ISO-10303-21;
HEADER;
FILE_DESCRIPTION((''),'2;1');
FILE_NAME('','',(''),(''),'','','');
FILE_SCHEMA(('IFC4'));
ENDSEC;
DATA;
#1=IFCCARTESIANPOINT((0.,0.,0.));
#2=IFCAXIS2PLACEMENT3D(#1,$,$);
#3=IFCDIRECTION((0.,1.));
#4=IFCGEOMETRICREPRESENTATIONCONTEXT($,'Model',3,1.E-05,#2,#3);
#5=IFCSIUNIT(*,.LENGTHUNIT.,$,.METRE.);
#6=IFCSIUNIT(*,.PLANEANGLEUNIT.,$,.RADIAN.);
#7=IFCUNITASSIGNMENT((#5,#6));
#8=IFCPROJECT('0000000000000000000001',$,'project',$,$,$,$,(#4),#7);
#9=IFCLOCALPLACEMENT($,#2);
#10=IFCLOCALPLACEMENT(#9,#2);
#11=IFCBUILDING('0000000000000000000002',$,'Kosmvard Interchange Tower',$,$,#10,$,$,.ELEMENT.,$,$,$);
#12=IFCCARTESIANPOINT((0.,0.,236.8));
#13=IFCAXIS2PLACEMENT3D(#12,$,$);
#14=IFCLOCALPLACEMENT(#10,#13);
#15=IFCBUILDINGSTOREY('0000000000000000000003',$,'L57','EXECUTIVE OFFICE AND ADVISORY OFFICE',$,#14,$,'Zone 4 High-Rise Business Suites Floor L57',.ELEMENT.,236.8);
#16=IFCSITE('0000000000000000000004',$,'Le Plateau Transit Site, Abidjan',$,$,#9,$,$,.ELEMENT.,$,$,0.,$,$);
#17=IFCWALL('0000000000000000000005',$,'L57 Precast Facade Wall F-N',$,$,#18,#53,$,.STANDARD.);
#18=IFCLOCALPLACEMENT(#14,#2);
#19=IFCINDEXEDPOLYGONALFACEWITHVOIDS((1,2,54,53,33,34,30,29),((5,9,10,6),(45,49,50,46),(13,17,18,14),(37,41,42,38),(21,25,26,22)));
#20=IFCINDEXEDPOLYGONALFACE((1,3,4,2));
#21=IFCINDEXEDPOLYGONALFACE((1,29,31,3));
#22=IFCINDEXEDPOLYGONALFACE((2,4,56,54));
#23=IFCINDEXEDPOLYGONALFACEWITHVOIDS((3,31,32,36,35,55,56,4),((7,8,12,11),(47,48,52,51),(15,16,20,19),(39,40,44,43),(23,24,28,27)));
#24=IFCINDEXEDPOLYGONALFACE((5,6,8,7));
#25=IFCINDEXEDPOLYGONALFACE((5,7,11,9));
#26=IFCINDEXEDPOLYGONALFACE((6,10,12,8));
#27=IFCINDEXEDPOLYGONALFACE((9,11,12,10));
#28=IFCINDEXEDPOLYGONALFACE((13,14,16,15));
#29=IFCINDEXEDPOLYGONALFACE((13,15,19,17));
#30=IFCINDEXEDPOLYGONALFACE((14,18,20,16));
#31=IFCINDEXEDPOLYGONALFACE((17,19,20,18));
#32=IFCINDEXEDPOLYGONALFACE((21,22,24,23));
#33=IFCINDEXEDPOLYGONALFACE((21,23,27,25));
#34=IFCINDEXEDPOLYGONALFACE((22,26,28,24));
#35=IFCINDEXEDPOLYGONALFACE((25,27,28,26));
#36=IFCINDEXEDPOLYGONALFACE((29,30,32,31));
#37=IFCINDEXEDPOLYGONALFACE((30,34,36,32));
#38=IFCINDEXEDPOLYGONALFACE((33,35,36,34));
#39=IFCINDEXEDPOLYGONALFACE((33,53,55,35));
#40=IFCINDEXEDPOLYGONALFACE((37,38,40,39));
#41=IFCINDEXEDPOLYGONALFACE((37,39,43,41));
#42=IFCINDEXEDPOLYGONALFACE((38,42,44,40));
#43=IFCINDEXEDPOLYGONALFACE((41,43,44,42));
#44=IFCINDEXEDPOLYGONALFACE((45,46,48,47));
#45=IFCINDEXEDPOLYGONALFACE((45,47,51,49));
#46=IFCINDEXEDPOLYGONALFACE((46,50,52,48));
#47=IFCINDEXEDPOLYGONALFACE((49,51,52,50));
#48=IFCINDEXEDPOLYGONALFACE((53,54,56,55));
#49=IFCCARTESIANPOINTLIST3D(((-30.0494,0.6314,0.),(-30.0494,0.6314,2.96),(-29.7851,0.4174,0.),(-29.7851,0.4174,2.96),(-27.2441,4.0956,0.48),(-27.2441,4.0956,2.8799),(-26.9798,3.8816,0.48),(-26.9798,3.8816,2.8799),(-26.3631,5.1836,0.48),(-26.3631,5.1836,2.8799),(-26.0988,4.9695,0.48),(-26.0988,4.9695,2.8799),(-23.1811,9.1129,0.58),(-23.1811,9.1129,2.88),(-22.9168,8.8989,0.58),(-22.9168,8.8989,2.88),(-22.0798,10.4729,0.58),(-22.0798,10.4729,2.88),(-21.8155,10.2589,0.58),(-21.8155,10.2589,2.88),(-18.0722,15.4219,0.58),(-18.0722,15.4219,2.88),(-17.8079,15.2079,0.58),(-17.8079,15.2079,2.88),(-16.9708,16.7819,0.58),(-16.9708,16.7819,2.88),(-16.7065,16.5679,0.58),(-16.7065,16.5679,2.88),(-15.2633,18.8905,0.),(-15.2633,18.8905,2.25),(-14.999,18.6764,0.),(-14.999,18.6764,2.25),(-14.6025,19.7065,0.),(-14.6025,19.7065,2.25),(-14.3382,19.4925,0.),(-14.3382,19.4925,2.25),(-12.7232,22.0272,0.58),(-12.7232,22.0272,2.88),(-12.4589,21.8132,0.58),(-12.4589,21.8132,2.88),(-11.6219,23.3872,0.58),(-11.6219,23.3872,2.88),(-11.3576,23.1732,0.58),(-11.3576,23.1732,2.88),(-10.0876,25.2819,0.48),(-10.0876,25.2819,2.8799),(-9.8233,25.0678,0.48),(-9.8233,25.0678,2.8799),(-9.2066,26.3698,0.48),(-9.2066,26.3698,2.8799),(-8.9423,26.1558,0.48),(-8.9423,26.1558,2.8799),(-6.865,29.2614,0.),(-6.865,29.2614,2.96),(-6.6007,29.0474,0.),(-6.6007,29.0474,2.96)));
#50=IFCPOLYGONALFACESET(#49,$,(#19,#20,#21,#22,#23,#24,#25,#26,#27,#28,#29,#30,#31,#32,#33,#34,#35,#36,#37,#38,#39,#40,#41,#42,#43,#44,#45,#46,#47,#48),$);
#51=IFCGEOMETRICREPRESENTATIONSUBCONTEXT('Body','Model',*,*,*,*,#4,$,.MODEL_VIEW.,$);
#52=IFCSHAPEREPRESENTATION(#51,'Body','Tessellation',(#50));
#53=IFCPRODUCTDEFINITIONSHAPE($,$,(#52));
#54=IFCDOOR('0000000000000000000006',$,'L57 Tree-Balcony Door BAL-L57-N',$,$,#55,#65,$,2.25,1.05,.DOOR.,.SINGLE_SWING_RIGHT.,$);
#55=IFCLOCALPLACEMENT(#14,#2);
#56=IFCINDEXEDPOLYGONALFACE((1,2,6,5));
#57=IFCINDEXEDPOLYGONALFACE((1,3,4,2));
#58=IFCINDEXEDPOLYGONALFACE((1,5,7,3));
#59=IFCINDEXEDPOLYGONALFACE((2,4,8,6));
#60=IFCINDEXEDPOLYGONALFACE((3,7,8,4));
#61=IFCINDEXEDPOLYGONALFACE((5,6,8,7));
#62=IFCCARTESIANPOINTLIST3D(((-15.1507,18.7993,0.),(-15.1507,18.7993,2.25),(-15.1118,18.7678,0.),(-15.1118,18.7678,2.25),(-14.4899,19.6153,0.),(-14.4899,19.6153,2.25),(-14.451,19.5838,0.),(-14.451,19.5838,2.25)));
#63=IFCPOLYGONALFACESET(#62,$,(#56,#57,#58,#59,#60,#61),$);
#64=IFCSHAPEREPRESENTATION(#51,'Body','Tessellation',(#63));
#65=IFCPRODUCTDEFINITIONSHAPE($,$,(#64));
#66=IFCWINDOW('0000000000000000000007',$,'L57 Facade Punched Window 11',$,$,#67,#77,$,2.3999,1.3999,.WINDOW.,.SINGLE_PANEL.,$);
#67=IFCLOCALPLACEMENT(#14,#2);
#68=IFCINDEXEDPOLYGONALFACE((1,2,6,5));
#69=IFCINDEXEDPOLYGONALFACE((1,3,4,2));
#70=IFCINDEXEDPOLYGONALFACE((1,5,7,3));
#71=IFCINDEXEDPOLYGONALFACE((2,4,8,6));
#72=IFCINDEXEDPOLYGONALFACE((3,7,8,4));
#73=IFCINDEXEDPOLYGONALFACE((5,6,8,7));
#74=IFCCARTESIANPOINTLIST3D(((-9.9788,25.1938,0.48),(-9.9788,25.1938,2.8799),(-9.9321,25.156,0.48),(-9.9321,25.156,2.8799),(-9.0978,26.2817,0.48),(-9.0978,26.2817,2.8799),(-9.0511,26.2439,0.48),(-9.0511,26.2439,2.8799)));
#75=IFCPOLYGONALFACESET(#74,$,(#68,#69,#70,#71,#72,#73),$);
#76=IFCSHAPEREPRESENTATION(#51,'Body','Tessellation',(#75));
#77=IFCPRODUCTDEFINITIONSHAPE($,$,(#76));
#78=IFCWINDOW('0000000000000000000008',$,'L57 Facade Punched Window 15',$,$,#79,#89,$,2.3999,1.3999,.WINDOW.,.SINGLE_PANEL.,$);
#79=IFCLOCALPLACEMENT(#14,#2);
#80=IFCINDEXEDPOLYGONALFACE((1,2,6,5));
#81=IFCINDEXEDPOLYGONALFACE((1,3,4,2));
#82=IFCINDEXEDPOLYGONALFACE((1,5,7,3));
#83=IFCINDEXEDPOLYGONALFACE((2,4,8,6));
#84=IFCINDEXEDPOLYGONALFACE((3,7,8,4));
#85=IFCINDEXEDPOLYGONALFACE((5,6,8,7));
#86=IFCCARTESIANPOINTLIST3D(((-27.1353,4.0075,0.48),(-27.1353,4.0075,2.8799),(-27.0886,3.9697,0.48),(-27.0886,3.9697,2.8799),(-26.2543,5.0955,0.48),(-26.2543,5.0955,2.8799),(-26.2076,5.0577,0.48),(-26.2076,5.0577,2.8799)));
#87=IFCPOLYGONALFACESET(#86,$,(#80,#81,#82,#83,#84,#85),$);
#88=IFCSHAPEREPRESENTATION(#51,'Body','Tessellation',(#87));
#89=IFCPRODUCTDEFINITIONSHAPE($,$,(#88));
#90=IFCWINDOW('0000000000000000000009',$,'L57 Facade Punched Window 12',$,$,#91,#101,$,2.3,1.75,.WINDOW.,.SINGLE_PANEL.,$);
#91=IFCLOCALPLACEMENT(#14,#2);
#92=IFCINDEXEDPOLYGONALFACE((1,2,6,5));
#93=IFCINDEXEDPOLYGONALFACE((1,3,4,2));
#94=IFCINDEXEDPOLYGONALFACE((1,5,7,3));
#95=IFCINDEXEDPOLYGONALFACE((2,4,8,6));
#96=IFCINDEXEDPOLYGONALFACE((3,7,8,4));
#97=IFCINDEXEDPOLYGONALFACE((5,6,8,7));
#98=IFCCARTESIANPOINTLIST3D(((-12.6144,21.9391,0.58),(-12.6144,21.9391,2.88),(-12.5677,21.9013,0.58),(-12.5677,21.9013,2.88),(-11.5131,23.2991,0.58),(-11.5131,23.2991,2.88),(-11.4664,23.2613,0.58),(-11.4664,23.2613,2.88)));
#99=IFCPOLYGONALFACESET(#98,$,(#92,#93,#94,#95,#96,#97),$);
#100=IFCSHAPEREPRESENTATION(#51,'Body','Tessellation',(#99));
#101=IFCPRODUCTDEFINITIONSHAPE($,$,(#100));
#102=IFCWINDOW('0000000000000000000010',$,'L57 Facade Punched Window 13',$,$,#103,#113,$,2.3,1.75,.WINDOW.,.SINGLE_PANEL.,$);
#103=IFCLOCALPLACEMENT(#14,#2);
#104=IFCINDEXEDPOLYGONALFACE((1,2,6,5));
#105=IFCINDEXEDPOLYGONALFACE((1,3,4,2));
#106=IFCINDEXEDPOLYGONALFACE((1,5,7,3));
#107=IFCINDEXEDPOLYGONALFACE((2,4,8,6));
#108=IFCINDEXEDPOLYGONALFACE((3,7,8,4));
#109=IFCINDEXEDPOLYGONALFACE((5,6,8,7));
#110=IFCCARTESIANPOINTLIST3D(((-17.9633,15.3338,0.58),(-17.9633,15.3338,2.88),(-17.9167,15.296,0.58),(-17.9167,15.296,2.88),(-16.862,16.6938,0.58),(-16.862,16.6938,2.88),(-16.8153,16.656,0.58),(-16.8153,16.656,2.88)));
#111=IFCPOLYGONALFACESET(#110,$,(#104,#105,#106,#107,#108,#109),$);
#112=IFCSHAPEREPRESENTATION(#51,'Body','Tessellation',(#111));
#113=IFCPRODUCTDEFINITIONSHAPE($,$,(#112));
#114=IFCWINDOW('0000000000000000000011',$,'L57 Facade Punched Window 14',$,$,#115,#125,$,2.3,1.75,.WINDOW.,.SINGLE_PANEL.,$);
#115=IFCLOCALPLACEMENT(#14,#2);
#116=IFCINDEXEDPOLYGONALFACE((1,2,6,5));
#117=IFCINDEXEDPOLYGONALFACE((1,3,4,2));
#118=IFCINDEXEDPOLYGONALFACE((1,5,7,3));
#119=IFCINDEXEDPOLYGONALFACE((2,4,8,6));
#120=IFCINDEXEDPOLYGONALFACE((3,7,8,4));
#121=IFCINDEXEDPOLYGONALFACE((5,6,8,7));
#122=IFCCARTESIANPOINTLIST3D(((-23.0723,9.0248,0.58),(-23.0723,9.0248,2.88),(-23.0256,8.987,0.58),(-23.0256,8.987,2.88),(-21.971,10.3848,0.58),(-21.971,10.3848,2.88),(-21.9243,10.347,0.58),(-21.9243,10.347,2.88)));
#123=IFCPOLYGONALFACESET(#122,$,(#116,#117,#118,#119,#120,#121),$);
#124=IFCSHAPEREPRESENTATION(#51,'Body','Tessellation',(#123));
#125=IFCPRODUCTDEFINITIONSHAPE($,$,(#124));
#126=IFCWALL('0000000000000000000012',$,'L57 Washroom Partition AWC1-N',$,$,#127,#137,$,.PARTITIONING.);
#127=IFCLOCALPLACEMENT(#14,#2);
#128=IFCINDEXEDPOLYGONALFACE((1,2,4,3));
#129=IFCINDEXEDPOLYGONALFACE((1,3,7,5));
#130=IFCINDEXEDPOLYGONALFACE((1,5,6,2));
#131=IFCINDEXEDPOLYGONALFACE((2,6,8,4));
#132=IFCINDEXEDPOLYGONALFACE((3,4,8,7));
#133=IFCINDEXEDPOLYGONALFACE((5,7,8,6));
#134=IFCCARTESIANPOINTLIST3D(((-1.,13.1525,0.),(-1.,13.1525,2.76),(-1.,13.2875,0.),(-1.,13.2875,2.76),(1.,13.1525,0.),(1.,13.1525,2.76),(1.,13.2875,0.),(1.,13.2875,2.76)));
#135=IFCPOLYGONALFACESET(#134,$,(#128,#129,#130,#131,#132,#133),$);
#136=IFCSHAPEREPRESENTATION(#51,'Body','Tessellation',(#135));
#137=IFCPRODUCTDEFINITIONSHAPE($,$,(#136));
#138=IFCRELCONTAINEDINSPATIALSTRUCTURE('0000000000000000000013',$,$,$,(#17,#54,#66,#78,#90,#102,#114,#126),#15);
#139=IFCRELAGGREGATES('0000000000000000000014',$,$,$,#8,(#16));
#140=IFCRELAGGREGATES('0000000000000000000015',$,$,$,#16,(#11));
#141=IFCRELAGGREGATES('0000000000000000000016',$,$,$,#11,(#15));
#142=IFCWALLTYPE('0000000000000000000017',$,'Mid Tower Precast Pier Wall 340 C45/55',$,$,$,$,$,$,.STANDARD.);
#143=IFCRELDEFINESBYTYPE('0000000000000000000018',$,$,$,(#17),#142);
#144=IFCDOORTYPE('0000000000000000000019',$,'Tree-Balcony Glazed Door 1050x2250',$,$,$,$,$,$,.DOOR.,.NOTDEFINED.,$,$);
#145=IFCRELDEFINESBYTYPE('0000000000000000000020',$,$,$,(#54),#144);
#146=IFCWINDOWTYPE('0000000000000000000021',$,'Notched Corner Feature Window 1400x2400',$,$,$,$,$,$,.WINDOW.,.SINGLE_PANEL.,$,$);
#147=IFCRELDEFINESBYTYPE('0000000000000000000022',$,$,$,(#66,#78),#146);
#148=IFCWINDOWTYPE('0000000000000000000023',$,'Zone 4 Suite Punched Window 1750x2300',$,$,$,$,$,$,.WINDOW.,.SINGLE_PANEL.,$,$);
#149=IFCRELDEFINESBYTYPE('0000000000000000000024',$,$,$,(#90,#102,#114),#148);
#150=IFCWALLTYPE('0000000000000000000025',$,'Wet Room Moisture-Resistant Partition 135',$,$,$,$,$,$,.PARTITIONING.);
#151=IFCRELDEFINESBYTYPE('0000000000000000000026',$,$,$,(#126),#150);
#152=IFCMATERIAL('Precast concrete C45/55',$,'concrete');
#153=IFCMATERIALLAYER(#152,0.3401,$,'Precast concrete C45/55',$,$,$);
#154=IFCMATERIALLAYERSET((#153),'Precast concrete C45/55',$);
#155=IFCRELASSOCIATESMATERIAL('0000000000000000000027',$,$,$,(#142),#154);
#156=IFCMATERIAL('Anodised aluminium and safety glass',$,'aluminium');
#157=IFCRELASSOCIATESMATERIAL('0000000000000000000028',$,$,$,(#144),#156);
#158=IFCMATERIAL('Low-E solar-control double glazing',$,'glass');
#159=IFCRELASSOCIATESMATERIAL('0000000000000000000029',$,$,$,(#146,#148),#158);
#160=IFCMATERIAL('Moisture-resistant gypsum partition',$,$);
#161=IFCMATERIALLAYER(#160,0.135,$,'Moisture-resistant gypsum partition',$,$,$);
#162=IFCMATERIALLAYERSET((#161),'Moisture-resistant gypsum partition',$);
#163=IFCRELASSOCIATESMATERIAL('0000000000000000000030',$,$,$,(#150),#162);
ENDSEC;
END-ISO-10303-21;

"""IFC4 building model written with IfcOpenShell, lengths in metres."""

from ifc_helpers import new_model, si_unit, direction, frame, frame_2d, origin, place, context, subcontext, project, spatial, rectangle, extrude, source, transform, mapped, material, layer, layer_set, type_object, element, fill, save


model = new_model("IFC4")

# Units and contexts
model_context = context("Model", 3, precision=1e-05, world=origin(), true_north=direction((0.0, 1.0)))
body_context = subcontext(model_context, "Body", "Model", "MODEL_VIEW")
ifc_project = project(units=[si_unit("LENGTHUNIT", "METRE"), si_unit("PLANEANGLEUNIT", "RADIAN")], contexts=[model_context])

# Site, building, storey
site_placement = place(None, origin())
site = spatial("IfcSite", under=ifc_project, at=site_placement, Name="Le Plateau Transit Site, Abidjan", CompositionType="ELEMENT", RefElevation=0.0)
building_placement = place(site_placement, origin())
building = spatial("IfcBuilding", under=site, at=building_placement, Name="Kosmvard Interchange Tower", CompositionType="ELEMENT")
storey_placement = place(building_placement, frame((0.0, 0.0, 236.8)))
storey = spatial("IfcBuildingStorey", under=building, at=storey_placement, Name="L57", Description="EXECUTIVE OFFICE AND ADVISORY OFFICE", LongName="Zone 4 High-Rise Business Suites Floor L57", CompositionType="ELEMENT", Elevation=236.8)

# Shared definitions
ifc_material_1 = material(Name="Precast concrete C45/55", Category="concrete")
ifc_layer_1 = layer(ifc_material_1, 0.3401, Name="Precast concrete C45/55")
ifc_layer_set_1 = layer_set([ifc_layer_1], Name="Precast concrete C45/55")
wall_type_1 = type_object("IfcWallType", Name="Mid Tower Precast Pier Wall 340 C45/55", PredefinedType="STANDARD", material=ifc_layer_set_1)

# Wall, openings, door, windows
wall_1_placement = place(storey_placement, frame((-6.7329, 29.1543, 0.0), z_axis=(0.0, 0.0, 1.0), x_axis=(-0.629325, -0.777142, 0.0)))
wall_1 = element("IfcWall", 1, at=wall_1_placement, inside=storey, type_object=wall_type_1, Name="L57 Precast Facade Wall F-N", PredefinedType="STANDARD", context=body_context, shape_type="SweptSolid", body=[
    extrude(rectangle(XDim=36.8401, YDim=0.3401, at=frame_2d((18.4199, 0.0))), origin(), (0.0, 0.0, 1.0), 2.96),
])
opening_1_placement = place(wall_1_placement, frame((12.2949, 0.0, 0.0)))
opening_1 = element("IfcOpeningElement", 2, at=opening_1_placement, cuts=wall_1, PredefinedType="OPENING", context=body_context, shape_type="SweptSolid", body=[
    extrude(rectangle(XDim=1.05, YDim=2.25, at=frame_2d((0.5249, 1.125))), frame((0.0, 0.1802, 0.0), z_axis=(0.0, -1.0, 0.0), x_axis=(1.0, 0.0, 0.0)), (0.0, 0.0, 1.0), 0.3601),
])
opening_2_placement = place(wall_1_placement, frame((3.7207, 0.0, 0.48)))
opening_2 = element("IfcOpeningElement", 3, at=opening_2_placement, cuts=wall_1, PredefinedType="OPENING", context=body_context, shape_type="SweptSolid", body=[
    extrude(rectangle(XDim=1.3999, YDim=2.3999, at=frame_2d((0.7, 1.2))), frame((0.0, 0.1802, 0.0), z_axis=(0.0, -1.0, 0.0), x_axis=(1.0, 0.0, 0.0)), (0.0, 0.0, 1.0), 0.3601),
])
opening_3_placement = place(wall_1_placement, frame((7.5586, 0.0, 0.5801)))
opening_3 = element("IfcOpeningElement", 4, at=opening_3_placement, cuts=wall_1, PredefinedType="OPENING", context=body_context, shape_type="SweptSolid", body=[
    extrude(rectangle(XDim=1.75, YDim=2.3, at=frame_2d((0.875, 1.1499))), frame((0.0, 0.1802, 0.0), z_axis=(0.0, -1.0, 0.0), x_axis=(1.0, 0.0, 0.0)), (0.0, 0.0, 1.0), 0.3601),
])
opening_4_placement = place(wall_1_placement, frame((16.0581, 0.0, 0.5801)))
opening_4 = element("IfcOpeningElement", 5, at=opening_4_placement, cuts=wall_1, PredefinedType="OPENING", context=body_context, shape_type="SweptSolid", body=[
    extrude(rectangle(XDim=1.75, YDim=2.3, at=frame_2d((0.875, 1.1499))), frame((0.0, 0.1802, 0.0), z_axis=(0.0, -1.0, 0.0), x_axis=(1.0, 0.0, 0.0)), (0.0, 0.0, 1.0), 0.3601),
])
opening_5_placement = place(wall_1_placement, frame((24.1763, 0.0, 0.5801)))
opening_5 = element("IfcOpeningElement", 6, at=opening_5_placement, cuts=wall_1, PredefinedType="OPENING", context=body_context, shape_type="SweptSolid", body=[
    extrude(rectangle(XDim=1.75, YDim=2.3, at=frame_2d((0.875, 1.1499))), frame((0.0, 0.1802, 0.0), z_axis=(0.0, -1.0, 0.0), x_axis=(1.0, 0.0, 0.0)), (0.0, 0.0, 1.0), 0.3601),
])
opening_6_placement = place(wall_1_placement, frame((30.9824, 0.0, 0.48)))
opening_6 = element("IfcOpeningElement", 7, at=opening_6_placement, cuts=wall_1, PredefinedType="OPENING", context=body_context, shape_type="SweptSolid", body=[
    extrude(rectangle(XDim=1.3999, YDim=2.3999, at=frame_2d((0.7, 1.2))), frame((0.0, 0.1802, 0.0), z_axis=(0.0, -1.0, 0.0), x_axis=(1.0, 0.0, 0.0)), (0.0, 0.0, 1.0), 0.3601),
])
ifc_material_2 = material(Name="Anodised aluminium and safety glass", Category="aluminium")
door_type = type_object("IfcDoorType", Name="Tree-Balcony Glazed Door 1050x2250", OperationType="NOTDEFINED", PredefinedType="DOOR", material=ifc_material_2)
shared_shape_1 = source(origin(), body_context, "Body", "SweptSolid", [
    extrude(rectangle(XDim=1.05, YDim=2.25, at=frame_2d((0.5249, 1.125))), frame((0.0, 0.0249, 0.0), z_axis=(0.0, -1.0, 0.0), x_axis=(1.0, 0.0, 0.0)), (0.0, 0.0, 1.0), 0.05),
])
door_placement = place(opening_1_placement, origin())
door = element("IfcDoor", 8, at=door_placement, inside=storey, type_object=door_type, Name="L57 Tree-Balcony Door BAL-L57-N", OperationType="SINGLE_SWING_RIGHT", OverallHeight=2.25, OverallWidth=1.05, PredefinedType="DOOR", context=body_context, shape_type="MappedRepresentation", body=[
    mapped(shared_shape_1, transform((0.0, 0.0, 0.0), scale=1.0)),
])
fill(opening_1, door)
ifc_material_3 = material(Name="Low-E solar-control double glazing", Category="glass")
window_type_1 = type_object("IfcWindowType", Name="Notched Corner Feature Window 1400x2400", PartitioningType="SINGLE_PANEL", PredefinedType="WINDOW", material=ifc_material_3)
shared_shape_2 = source(origin(), body_context, "Body", "SweptSolid", [
    extrude(rectangle(XDim=1.3999, YDim=2.3999, at=frame_2d((0.7, 1.2))), frame((0.0, 0.03, 0.0), z_axis=(0.0, -1.0, 0.0), x_axis=(1.0, 0.0, 0.0)), (0.0, 0.0, 1.0), 0.0601),
])
window_1_placement = place(opening_2_placement, origin())
window_1 = element("IfcWindow", 9, at=window_1_placement, inside=storey, type_object=window_type_1, Name="L57 Facade Punched Window 11", OverallHeight=2.3999, OverallWidth=1.3999, PartitioningType="SINGLE_PANEL", PredefinedType="WINDOW", context=body_context, shape_type="MappedRepresentation", body=[
    mapped(shared_shape_2, transform((0.0, 0.0, 0.0), scale=1.0)),
])
fill(opening_2, window_1)
window_2_placement = place(opening_6_placement, origin())
window_2 = element("IfcWindow", 10, at=window_2_placement, inside=storey, type_object=window_type_1, Name="L57 Facade Punched Window 15", OverallHeight=2.3999, OverallWidth=1.3999, PartitioningType="SINGLE_PANEL", PredefinedType="WINDOW", context=body_context, shape_type="MappedRepresentation", body=[
    mapped(shared_shape_2, transform((0.0, 0.0, 0.0), scale=1.0)),
])
fill(opening_6, window_2)
window_type_2 = type_object("IfcWindowType", Name="Zone 4 Suite Punched Window 1750x2300", PartitioningType="SINGLE_PANEL", PredefinedType="WINDOW", material=ifc_material_3)
shared_shape_3 = source(origin(), body_context, "Body", "SweptSolid", [
    extrude(rectangle(XDim=1.75, YDim=2.3, at=frame_2d((0.875, 1.1499))), frame((0.0, 0.03, 0.0), z_axis=(0.0, -1.0, 0.0), x_axis=(1.0, 0.0, 0.0)), (0.0, 0.0, 1.0), 0.0601),
])
window_3_placement = place(opening_3_placement, origin())
window_3 = element("IfcWindow", 11, at=window_3_placement, inside=storey, type_object=window_type_2, Name="L57 Facade Punched Window 12", OverallHeight=2.3, OverallWidth=1.75, PartitioningType="SINGLE_PANEL", PredefinedType="WINDOW", context=body_context, shape_type="MappedRepresentation", body=[
    mapped(shared_shape_3, transform((0.0, 0.0, 0.0), scale=1.0)),
])
fill(opening_3, window_3)
window_4_placement = place(opening_4_placement, origin())
window_4 = element("IfcWindow", 12, at=window_4_placement, inside=storey, type_object=window_type_2, Name="L57 Facade Punched Window 13", OverallHeight=2.3, OverallWidth=1.75, PartitioningType="SINGLE_PANEL", PredefinedType="WINDOW", context=body_context, shape_type="MappedRepresentation", body=[
    mapped(shared_shape_3, transform((0.0, 0.0, 0.0), scale=1.0)),
])
fill(opening_4, window_4)
window_5_placement = place(opening_5_placement, origin())
window_5 = element("IfcWindow", 13, at=window_5_placement, inside=storey, type_object=window_type_2, Name="L57 Facade Punched Window 14", OverallHeight=2.3, OverallWidth=1.75, PartitioningType="SINGLE_PANEL", PredefinedType="WINDOW", context=body_context, shape_type="MappedRepresentation", body=[
    mapped(shared_shape_3, transform((0.0, 0.0, 0.0), scale=1.0)),
])
fill(opening_5, window_5)

# Wall
ifc_material_4 = material(Name="Moisture-resistant gypsum partition")
ifc_layer_2 = layer(ifc_material_4, 0.135, Name="Moisture-resistant gypsum partition")
ifc_layer_set_2 = layer_set([ifc_layer_2], Name="Moisture-resistant gypsum partition")
wall_type_2 = type_object("IfcWallType", Name="Wet Room Moisture-Resistant Partition 135", PredefinedType="PARTITIONING", material=ifc_layer_set_2)
wall_2_placement = place(storey_placement, frame((-1.0, 13.22, 0.0), z_axis=(0.0, 0.0, 1.0), x_axis=(1.0, 0.0, 0.0)))
element("IfcWall", 14, at=wall_2_placement, inside=storey, type_object=wall_type_2, Name="L57 Washroom Partition AWC1-N", PredefinedType="PARTITIONING", context=body_context, shape_type="SweptSolid", body=[
    extrude(rectangle(XDim=2.0, YDim=0.135, at=frame_2d((1.0, 0.0))), origin(), (0.0, 0.0, 1.0), 2.76),
])

save(model, "model.ifc")
